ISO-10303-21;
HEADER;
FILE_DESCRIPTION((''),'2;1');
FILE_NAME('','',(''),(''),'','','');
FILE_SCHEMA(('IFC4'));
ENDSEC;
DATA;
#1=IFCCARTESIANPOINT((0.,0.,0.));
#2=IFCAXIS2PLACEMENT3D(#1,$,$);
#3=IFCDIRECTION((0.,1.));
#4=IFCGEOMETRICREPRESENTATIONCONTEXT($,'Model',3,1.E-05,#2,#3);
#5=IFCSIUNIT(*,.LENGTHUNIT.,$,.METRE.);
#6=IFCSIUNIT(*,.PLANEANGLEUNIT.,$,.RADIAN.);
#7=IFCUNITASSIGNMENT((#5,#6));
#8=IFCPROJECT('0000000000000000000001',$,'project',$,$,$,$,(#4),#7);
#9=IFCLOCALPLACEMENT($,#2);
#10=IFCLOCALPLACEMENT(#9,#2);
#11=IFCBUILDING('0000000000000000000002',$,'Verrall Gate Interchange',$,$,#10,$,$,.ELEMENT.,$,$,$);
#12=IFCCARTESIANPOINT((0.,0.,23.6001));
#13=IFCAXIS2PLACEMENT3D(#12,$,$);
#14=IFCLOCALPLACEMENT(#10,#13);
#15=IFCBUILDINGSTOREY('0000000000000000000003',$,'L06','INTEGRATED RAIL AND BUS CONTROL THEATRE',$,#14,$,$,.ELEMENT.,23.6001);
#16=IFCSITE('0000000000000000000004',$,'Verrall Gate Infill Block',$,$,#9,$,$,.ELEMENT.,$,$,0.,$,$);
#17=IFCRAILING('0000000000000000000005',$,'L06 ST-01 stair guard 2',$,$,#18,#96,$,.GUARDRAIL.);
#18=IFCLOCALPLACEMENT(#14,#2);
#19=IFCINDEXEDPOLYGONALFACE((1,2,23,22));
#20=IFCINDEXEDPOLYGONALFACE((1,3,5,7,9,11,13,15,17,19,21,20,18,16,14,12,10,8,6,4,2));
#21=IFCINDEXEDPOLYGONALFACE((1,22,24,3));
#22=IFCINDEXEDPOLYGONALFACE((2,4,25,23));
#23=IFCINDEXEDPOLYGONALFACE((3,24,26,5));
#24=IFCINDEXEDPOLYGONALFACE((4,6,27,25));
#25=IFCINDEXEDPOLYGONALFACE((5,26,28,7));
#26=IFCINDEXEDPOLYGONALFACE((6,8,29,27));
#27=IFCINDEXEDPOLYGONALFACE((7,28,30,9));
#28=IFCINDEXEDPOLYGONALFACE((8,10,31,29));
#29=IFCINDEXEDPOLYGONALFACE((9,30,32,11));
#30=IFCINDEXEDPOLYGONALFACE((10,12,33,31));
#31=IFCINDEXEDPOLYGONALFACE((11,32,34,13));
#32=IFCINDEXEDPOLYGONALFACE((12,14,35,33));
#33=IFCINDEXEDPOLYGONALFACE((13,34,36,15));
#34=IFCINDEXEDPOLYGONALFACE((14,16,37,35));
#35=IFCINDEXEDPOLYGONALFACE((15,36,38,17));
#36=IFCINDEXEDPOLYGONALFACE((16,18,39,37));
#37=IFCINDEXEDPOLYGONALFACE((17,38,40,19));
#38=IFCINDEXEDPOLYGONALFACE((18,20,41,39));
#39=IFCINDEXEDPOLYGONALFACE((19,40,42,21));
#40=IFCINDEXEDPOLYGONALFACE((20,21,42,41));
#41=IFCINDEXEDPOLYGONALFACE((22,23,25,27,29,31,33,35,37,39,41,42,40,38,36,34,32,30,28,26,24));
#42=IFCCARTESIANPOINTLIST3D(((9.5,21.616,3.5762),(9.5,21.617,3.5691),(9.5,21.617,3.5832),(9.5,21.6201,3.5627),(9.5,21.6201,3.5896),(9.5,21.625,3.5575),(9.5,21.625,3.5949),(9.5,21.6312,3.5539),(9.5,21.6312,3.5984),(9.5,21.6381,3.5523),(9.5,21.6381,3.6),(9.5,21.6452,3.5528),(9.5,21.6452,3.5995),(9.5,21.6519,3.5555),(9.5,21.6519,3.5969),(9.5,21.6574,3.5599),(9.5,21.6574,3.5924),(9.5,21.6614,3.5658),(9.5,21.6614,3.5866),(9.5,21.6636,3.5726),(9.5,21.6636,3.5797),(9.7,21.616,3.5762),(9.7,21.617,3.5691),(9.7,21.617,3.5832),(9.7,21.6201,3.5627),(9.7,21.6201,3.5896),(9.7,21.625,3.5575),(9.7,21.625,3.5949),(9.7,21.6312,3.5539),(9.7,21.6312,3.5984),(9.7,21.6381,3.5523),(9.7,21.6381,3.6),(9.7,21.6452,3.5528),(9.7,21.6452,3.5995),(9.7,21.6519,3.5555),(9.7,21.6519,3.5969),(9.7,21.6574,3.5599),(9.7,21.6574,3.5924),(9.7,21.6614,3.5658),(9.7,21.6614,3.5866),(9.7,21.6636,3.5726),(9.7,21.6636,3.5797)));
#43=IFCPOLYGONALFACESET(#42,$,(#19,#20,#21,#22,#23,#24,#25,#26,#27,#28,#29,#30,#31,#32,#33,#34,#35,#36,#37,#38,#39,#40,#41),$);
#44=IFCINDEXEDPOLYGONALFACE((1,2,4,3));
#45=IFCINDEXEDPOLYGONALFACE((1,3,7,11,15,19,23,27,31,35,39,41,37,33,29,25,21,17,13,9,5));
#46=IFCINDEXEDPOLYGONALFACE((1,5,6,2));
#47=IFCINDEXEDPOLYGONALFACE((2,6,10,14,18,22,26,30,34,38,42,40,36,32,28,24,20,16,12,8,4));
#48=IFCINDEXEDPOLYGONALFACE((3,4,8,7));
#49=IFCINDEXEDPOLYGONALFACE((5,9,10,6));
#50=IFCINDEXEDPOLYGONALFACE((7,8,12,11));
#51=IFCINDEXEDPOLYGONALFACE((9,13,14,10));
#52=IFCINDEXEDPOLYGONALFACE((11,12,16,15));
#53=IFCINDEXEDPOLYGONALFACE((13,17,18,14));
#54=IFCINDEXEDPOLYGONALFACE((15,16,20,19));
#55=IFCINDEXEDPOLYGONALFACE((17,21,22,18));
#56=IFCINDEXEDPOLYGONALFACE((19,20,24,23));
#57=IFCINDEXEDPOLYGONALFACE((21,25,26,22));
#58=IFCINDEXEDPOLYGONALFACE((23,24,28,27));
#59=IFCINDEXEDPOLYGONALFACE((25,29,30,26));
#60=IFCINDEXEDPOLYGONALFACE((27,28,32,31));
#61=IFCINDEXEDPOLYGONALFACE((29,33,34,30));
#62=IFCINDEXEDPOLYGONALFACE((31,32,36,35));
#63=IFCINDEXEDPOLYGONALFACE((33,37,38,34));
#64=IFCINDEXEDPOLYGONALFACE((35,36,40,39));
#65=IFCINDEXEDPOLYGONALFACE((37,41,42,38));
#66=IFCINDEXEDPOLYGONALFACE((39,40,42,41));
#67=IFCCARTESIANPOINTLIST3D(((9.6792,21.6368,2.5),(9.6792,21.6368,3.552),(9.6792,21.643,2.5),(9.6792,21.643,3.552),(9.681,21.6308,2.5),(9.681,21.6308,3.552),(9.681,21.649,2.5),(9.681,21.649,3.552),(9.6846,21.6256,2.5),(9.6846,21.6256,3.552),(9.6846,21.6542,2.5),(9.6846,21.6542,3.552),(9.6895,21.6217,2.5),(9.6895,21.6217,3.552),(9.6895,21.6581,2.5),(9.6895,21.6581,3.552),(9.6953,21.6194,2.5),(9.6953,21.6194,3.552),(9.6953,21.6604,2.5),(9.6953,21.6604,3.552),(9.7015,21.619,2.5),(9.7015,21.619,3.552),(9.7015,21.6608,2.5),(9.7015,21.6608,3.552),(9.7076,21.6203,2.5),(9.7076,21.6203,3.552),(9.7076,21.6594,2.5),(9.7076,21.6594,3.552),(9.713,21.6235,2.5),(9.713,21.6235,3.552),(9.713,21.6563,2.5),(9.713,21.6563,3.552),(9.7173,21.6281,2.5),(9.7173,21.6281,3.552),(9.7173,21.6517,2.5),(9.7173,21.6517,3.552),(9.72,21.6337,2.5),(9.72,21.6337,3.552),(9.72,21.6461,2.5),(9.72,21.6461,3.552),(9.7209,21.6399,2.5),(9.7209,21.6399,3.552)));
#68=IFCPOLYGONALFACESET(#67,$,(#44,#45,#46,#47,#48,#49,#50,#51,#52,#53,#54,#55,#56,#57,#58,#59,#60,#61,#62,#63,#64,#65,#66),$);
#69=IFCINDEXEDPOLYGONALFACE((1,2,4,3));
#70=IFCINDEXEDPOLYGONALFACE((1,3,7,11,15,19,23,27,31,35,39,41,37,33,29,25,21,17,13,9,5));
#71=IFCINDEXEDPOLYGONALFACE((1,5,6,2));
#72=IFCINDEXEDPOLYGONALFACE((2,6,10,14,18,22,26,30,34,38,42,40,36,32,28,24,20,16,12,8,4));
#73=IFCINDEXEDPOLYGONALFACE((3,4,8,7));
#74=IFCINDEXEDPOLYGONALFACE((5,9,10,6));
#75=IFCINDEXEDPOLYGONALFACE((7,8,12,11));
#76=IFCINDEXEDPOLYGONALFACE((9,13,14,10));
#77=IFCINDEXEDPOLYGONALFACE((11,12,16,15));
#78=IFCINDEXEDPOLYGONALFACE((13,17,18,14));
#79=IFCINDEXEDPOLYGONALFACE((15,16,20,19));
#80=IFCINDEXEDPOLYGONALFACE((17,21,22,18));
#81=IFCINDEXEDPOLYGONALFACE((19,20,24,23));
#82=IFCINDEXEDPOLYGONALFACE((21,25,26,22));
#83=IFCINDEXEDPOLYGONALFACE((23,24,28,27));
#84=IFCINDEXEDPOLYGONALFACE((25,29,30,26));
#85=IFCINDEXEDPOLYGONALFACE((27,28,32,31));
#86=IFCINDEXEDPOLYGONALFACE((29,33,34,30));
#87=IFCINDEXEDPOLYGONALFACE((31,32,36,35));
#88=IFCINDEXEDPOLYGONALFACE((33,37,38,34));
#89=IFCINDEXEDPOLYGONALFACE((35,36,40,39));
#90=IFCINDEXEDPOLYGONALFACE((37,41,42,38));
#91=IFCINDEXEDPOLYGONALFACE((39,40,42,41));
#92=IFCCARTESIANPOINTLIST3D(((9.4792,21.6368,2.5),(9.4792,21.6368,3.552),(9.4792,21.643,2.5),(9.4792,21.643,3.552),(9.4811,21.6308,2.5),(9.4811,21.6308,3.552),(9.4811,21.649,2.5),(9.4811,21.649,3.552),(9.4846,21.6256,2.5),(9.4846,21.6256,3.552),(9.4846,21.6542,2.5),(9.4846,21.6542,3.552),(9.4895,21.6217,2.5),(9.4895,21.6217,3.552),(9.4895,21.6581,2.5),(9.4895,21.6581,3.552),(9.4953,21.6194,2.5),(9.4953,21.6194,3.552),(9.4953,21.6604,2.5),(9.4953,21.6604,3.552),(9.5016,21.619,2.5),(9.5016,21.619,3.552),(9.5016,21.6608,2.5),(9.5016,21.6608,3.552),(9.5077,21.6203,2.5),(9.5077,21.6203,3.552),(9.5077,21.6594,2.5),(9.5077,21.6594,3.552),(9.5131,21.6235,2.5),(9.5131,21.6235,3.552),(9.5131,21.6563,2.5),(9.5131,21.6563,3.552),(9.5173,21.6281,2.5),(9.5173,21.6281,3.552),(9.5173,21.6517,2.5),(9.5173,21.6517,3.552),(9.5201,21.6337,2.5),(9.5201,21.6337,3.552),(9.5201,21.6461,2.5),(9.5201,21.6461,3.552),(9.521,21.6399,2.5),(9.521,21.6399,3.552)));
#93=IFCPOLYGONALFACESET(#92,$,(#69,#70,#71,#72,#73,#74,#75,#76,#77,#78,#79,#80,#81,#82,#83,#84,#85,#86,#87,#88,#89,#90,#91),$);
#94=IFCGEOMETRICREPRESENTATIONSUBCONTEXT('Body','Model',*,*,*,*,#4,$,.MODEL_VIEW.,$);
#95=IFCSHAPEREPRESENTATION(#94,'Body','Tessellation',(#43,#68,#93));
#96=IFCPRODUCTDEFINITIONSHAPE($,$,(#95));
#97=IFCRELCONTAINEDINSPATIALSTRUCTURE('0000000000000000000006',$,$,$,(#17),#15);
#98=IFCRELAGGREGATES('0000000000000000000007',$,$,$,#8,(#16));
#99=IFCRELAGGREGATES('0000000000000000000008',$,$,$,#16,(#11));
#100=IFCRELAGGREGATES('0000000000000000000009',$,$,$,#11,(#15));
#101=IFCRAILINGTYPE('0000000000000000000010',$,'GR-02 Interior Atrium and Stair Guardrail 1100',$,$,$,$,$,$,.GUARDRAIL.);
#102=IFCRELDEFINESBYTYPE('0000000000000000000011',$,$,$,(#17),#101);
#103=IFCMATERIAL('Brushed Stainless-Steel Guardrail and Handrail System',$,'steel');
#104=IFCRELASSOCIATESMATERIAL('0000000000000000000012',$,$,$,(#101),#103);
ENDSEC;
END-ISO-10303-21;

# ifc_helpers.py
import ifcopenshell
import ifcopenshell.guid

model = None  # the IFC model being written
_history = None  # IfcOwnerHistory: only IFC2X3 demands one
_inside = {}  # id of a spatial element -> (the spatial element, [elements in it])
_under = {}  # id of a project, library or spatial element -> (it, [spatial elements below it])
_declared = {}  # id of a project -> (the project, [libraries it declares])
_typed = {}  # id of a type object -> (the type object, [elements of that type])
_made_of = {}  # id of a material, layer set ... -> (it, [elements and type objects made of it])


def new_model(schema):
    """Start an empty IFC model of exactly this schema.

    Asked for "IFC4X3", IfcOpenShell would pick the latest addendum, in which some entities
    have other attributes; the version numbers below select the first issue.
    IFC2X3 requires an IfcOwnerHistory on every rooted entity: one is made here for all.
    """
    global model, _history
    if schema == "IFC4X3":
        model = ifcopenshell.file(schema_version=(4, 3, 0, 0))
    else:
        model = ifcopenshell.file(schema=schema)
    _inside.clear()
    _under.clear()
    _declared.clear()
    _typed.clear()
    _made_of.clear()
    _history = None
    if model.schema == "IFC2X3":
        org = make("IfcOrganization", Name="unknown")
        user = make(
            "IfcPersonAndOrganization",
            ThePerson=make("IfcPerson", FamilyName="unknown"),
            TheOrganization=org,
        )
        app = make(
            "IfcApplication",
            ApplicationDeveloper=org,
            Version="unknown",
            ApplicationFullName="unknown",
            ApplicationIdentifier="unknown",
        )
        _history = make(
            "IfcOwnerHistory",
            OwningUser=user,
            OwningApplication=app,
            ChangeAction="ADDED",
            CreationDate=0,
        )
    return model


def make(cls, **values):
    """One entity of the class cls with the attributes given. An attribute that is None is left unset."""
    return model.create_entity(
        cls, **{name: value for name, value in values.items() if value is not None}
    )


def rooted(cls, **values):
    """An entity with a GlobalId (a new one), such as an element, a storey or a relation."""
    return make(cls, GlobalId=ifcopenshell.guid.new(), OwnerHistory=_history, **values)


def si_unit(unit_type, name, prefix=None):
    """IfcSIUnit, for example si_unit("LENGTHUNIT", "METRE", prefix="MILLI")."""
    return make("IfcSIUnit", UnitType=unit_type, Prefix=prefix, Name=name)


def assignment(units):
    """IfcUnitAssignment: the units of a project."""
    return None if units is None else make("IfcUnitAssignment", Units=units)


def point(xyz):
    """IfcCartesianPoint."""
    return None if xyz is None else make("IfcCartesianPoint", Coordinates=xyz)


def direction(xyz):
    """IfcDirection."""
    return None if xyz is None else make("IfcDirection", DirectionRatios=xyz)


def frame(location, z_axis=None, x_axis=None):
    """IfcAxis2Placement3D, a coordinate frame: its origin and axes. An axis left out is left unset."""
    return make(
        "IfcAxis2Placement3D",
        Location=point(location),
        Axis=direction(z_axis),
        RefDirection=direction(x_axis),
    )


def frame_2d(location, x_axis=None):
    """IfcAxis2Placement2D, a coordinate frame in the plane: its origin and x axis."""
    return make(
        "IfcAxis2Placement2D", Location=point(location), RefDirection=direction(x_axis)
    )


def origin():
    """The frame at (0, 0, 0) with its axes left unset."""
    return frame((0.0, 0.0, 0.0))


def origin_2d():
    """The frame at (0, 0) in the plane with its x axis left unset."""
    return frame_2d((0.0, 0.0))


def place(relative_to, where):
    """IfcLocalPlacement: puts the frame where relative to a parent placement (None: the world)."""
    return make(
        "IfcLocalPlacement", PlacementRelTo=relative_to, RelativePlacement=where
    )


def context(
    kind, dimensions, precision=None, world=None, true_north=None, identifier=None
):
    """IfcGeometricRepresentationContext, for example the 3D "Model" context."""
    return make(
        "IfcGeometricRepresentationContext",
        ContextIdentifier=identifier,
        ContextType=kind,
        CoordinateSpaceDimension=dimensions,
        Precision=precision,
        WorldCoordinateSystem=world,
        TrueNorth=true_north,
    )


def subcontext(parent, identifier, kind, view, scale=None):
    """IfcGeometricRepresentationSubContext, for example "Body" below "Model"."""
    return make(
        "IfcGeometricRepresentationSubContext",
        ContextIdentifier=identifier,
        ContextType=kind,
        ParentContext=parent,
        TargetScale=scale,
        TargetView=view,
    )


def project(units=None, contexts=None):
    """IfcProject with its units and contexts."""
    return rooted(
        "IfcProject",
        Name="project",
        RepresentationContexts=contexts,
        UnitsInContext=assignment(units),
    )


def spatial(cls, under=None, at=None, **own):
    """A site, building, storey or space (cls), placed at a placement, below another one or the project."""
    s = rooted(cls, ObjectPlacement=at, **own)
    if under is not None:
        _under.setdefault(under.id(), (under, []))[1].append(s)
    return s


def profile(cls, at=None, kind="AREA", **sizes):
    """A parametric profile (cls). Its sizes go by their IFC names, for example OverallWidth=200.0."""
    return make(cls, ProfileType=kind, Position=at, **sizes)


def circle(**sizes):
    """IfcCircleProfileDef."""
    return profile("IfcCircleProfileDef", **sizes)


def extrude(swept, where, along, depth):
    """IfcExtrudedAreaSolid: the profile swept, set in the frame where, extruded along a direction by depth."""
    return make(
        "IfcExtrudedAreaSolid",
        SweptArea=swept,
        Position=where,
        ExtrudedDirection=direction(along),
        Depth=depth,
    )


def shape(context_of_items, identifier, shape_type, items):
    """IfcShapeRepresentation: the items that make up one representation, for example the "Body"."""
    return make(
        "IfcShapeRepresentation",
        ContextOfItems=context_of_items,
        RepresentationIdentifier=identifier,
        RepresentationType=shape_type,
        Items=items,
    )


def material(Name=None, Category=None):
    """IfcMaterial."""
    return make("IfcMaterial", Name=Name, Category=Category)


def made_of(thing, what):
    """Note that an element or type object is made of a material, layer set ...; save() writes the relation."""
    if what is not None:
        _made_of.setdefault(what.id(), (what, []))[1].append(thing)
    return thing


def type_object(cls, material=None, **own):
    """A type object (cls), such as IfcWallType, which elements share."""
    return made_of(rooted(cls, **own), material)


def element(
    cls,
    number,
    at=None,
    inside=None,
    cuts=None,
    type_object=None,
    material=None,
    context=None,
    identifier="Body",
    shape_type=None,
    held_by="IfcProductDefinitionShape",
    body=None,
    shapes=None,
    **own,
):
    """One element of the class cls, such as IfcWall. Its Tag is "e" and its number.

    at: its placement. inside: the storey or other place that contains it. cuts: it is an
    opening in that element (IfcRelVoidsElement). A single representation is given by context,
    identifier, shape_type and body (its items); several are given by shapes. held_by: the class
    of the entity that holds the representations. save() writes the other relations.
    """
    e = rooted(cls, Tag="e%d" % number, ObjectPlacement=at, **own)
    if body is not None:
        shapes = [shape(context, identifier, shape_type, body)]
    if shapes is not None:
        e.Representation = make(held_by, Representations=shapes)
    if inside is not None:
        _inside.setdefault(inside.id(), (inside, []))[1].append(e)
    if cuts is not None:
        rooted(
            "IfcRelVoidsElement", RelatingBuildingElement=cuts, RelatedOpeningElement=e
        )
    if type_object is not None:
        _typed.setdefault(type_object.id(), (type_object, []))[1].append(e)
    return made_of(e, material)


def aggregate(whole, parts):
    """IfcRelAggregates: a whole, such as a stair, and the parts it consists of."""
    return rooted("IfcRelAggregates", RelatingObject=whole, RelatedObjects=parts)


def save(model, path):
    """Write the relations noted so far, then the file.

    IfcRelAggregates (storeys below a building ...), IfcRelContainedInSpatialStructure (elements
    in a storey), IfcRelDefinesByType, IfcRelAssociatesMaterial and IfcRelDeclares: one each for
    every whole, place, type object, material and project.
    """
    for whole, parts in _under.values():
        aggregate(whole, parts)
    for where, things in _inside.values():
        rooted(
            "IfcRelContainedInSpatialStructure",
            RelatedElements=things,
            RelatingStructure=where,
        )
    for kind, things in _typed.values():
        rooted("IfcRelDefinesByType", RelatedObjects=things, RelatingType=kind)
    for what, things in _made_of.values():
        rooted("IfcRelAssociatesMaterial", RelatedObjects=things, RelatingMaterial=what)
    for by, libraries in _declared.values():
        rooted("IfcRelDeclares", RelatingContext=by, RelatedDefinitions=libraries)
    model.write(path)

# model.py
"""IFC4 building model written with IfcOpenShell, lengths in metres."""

from ifc_helpers import new_model, si_unit, direction, frame, origin, origin_2d, place, context, subcontext, project, spatial, circle, extrude, material, type_object, element, save


model = new_model("IFC4")

# Units and contexts
model_context = context("Model", 3, precision=1e-05, world=origin(), true_north=direction((0.0, 1.0)))
body_context = subcontext(model_context, "Body", "Model", "MODEL_VIEW")
ifc_project = project(units=[si_unit("LENGTHUNIT", "METRE"), si_unit("PLANEANGLEUNIT", "RADIAN")], contexts=[model_context])

# Site, building, storey
site_placement = place(None, origin())
site = spatial("IfcSite", under=ifc_project, at=site_placement, Name="Verrall Gate Infill Block", CompositionType="ELEMENT", RefElevation=0.0)
building_placement = place(site_placement, origin())
building = spatial("IfcBuilding", under=site, at=building_placement, Name="Verrall Gate Interchange", CompositionType="ELEMENT")
storey_placement = place(building_placement, frame((0.0, 0.0, 23.6001)))
storey = spatial("IfcBuildingStorey", under=building, at=storey_placement, Name="L06", Description="INTEGRATED RAIL AND BUS CONTROL THEATRE", CompositionType="ELEMENT", Elevation=23.6001)

# Railing
ifc_material_1 = material(Name="Brushed Stainless-Steel Guardrail and Handrail System", Category="steel")
railing_type_1 = type_object("IfcRailingType", Name="GR-02 Interior Atrium and Stair Guardrail 1100", PredefinedType="GUARDRAIL", material=ifc_material_1)
railing_1_placement = place(storey_placement, frame((9.7, 21.6399, 2.5)))
element("IfcRailing", 1, at=railing_1_placement, inside=storey, type_object=railing_type_1, Name="L06 ST-01 stair guard 2", PredefinedType="GUARDRAIL", context=body_context, shape_type="SweptSolid", body=[
    extrude(circle(Radius=0.0239, at=origin_2d()), frame((0.0, 0.0, 1.0762), z_axis=(-1.0, 0.0, 0.0), x_axis=(0.0, -1.0, 0.0)), (0.0, 0.0, 1.0), 0.2),
    extrude(circle(Radius=0.021, at=origin_2d()), origin(), (0.0, 0.0, 1.0), 1.052),
    extrude(circle(Radius=0.021, at=origin_2d()), frame((-0.2, 0.0, 0.0)), (0.0, 0.0, 1.0), 1.052),
])

save(model, "model.ifc")
